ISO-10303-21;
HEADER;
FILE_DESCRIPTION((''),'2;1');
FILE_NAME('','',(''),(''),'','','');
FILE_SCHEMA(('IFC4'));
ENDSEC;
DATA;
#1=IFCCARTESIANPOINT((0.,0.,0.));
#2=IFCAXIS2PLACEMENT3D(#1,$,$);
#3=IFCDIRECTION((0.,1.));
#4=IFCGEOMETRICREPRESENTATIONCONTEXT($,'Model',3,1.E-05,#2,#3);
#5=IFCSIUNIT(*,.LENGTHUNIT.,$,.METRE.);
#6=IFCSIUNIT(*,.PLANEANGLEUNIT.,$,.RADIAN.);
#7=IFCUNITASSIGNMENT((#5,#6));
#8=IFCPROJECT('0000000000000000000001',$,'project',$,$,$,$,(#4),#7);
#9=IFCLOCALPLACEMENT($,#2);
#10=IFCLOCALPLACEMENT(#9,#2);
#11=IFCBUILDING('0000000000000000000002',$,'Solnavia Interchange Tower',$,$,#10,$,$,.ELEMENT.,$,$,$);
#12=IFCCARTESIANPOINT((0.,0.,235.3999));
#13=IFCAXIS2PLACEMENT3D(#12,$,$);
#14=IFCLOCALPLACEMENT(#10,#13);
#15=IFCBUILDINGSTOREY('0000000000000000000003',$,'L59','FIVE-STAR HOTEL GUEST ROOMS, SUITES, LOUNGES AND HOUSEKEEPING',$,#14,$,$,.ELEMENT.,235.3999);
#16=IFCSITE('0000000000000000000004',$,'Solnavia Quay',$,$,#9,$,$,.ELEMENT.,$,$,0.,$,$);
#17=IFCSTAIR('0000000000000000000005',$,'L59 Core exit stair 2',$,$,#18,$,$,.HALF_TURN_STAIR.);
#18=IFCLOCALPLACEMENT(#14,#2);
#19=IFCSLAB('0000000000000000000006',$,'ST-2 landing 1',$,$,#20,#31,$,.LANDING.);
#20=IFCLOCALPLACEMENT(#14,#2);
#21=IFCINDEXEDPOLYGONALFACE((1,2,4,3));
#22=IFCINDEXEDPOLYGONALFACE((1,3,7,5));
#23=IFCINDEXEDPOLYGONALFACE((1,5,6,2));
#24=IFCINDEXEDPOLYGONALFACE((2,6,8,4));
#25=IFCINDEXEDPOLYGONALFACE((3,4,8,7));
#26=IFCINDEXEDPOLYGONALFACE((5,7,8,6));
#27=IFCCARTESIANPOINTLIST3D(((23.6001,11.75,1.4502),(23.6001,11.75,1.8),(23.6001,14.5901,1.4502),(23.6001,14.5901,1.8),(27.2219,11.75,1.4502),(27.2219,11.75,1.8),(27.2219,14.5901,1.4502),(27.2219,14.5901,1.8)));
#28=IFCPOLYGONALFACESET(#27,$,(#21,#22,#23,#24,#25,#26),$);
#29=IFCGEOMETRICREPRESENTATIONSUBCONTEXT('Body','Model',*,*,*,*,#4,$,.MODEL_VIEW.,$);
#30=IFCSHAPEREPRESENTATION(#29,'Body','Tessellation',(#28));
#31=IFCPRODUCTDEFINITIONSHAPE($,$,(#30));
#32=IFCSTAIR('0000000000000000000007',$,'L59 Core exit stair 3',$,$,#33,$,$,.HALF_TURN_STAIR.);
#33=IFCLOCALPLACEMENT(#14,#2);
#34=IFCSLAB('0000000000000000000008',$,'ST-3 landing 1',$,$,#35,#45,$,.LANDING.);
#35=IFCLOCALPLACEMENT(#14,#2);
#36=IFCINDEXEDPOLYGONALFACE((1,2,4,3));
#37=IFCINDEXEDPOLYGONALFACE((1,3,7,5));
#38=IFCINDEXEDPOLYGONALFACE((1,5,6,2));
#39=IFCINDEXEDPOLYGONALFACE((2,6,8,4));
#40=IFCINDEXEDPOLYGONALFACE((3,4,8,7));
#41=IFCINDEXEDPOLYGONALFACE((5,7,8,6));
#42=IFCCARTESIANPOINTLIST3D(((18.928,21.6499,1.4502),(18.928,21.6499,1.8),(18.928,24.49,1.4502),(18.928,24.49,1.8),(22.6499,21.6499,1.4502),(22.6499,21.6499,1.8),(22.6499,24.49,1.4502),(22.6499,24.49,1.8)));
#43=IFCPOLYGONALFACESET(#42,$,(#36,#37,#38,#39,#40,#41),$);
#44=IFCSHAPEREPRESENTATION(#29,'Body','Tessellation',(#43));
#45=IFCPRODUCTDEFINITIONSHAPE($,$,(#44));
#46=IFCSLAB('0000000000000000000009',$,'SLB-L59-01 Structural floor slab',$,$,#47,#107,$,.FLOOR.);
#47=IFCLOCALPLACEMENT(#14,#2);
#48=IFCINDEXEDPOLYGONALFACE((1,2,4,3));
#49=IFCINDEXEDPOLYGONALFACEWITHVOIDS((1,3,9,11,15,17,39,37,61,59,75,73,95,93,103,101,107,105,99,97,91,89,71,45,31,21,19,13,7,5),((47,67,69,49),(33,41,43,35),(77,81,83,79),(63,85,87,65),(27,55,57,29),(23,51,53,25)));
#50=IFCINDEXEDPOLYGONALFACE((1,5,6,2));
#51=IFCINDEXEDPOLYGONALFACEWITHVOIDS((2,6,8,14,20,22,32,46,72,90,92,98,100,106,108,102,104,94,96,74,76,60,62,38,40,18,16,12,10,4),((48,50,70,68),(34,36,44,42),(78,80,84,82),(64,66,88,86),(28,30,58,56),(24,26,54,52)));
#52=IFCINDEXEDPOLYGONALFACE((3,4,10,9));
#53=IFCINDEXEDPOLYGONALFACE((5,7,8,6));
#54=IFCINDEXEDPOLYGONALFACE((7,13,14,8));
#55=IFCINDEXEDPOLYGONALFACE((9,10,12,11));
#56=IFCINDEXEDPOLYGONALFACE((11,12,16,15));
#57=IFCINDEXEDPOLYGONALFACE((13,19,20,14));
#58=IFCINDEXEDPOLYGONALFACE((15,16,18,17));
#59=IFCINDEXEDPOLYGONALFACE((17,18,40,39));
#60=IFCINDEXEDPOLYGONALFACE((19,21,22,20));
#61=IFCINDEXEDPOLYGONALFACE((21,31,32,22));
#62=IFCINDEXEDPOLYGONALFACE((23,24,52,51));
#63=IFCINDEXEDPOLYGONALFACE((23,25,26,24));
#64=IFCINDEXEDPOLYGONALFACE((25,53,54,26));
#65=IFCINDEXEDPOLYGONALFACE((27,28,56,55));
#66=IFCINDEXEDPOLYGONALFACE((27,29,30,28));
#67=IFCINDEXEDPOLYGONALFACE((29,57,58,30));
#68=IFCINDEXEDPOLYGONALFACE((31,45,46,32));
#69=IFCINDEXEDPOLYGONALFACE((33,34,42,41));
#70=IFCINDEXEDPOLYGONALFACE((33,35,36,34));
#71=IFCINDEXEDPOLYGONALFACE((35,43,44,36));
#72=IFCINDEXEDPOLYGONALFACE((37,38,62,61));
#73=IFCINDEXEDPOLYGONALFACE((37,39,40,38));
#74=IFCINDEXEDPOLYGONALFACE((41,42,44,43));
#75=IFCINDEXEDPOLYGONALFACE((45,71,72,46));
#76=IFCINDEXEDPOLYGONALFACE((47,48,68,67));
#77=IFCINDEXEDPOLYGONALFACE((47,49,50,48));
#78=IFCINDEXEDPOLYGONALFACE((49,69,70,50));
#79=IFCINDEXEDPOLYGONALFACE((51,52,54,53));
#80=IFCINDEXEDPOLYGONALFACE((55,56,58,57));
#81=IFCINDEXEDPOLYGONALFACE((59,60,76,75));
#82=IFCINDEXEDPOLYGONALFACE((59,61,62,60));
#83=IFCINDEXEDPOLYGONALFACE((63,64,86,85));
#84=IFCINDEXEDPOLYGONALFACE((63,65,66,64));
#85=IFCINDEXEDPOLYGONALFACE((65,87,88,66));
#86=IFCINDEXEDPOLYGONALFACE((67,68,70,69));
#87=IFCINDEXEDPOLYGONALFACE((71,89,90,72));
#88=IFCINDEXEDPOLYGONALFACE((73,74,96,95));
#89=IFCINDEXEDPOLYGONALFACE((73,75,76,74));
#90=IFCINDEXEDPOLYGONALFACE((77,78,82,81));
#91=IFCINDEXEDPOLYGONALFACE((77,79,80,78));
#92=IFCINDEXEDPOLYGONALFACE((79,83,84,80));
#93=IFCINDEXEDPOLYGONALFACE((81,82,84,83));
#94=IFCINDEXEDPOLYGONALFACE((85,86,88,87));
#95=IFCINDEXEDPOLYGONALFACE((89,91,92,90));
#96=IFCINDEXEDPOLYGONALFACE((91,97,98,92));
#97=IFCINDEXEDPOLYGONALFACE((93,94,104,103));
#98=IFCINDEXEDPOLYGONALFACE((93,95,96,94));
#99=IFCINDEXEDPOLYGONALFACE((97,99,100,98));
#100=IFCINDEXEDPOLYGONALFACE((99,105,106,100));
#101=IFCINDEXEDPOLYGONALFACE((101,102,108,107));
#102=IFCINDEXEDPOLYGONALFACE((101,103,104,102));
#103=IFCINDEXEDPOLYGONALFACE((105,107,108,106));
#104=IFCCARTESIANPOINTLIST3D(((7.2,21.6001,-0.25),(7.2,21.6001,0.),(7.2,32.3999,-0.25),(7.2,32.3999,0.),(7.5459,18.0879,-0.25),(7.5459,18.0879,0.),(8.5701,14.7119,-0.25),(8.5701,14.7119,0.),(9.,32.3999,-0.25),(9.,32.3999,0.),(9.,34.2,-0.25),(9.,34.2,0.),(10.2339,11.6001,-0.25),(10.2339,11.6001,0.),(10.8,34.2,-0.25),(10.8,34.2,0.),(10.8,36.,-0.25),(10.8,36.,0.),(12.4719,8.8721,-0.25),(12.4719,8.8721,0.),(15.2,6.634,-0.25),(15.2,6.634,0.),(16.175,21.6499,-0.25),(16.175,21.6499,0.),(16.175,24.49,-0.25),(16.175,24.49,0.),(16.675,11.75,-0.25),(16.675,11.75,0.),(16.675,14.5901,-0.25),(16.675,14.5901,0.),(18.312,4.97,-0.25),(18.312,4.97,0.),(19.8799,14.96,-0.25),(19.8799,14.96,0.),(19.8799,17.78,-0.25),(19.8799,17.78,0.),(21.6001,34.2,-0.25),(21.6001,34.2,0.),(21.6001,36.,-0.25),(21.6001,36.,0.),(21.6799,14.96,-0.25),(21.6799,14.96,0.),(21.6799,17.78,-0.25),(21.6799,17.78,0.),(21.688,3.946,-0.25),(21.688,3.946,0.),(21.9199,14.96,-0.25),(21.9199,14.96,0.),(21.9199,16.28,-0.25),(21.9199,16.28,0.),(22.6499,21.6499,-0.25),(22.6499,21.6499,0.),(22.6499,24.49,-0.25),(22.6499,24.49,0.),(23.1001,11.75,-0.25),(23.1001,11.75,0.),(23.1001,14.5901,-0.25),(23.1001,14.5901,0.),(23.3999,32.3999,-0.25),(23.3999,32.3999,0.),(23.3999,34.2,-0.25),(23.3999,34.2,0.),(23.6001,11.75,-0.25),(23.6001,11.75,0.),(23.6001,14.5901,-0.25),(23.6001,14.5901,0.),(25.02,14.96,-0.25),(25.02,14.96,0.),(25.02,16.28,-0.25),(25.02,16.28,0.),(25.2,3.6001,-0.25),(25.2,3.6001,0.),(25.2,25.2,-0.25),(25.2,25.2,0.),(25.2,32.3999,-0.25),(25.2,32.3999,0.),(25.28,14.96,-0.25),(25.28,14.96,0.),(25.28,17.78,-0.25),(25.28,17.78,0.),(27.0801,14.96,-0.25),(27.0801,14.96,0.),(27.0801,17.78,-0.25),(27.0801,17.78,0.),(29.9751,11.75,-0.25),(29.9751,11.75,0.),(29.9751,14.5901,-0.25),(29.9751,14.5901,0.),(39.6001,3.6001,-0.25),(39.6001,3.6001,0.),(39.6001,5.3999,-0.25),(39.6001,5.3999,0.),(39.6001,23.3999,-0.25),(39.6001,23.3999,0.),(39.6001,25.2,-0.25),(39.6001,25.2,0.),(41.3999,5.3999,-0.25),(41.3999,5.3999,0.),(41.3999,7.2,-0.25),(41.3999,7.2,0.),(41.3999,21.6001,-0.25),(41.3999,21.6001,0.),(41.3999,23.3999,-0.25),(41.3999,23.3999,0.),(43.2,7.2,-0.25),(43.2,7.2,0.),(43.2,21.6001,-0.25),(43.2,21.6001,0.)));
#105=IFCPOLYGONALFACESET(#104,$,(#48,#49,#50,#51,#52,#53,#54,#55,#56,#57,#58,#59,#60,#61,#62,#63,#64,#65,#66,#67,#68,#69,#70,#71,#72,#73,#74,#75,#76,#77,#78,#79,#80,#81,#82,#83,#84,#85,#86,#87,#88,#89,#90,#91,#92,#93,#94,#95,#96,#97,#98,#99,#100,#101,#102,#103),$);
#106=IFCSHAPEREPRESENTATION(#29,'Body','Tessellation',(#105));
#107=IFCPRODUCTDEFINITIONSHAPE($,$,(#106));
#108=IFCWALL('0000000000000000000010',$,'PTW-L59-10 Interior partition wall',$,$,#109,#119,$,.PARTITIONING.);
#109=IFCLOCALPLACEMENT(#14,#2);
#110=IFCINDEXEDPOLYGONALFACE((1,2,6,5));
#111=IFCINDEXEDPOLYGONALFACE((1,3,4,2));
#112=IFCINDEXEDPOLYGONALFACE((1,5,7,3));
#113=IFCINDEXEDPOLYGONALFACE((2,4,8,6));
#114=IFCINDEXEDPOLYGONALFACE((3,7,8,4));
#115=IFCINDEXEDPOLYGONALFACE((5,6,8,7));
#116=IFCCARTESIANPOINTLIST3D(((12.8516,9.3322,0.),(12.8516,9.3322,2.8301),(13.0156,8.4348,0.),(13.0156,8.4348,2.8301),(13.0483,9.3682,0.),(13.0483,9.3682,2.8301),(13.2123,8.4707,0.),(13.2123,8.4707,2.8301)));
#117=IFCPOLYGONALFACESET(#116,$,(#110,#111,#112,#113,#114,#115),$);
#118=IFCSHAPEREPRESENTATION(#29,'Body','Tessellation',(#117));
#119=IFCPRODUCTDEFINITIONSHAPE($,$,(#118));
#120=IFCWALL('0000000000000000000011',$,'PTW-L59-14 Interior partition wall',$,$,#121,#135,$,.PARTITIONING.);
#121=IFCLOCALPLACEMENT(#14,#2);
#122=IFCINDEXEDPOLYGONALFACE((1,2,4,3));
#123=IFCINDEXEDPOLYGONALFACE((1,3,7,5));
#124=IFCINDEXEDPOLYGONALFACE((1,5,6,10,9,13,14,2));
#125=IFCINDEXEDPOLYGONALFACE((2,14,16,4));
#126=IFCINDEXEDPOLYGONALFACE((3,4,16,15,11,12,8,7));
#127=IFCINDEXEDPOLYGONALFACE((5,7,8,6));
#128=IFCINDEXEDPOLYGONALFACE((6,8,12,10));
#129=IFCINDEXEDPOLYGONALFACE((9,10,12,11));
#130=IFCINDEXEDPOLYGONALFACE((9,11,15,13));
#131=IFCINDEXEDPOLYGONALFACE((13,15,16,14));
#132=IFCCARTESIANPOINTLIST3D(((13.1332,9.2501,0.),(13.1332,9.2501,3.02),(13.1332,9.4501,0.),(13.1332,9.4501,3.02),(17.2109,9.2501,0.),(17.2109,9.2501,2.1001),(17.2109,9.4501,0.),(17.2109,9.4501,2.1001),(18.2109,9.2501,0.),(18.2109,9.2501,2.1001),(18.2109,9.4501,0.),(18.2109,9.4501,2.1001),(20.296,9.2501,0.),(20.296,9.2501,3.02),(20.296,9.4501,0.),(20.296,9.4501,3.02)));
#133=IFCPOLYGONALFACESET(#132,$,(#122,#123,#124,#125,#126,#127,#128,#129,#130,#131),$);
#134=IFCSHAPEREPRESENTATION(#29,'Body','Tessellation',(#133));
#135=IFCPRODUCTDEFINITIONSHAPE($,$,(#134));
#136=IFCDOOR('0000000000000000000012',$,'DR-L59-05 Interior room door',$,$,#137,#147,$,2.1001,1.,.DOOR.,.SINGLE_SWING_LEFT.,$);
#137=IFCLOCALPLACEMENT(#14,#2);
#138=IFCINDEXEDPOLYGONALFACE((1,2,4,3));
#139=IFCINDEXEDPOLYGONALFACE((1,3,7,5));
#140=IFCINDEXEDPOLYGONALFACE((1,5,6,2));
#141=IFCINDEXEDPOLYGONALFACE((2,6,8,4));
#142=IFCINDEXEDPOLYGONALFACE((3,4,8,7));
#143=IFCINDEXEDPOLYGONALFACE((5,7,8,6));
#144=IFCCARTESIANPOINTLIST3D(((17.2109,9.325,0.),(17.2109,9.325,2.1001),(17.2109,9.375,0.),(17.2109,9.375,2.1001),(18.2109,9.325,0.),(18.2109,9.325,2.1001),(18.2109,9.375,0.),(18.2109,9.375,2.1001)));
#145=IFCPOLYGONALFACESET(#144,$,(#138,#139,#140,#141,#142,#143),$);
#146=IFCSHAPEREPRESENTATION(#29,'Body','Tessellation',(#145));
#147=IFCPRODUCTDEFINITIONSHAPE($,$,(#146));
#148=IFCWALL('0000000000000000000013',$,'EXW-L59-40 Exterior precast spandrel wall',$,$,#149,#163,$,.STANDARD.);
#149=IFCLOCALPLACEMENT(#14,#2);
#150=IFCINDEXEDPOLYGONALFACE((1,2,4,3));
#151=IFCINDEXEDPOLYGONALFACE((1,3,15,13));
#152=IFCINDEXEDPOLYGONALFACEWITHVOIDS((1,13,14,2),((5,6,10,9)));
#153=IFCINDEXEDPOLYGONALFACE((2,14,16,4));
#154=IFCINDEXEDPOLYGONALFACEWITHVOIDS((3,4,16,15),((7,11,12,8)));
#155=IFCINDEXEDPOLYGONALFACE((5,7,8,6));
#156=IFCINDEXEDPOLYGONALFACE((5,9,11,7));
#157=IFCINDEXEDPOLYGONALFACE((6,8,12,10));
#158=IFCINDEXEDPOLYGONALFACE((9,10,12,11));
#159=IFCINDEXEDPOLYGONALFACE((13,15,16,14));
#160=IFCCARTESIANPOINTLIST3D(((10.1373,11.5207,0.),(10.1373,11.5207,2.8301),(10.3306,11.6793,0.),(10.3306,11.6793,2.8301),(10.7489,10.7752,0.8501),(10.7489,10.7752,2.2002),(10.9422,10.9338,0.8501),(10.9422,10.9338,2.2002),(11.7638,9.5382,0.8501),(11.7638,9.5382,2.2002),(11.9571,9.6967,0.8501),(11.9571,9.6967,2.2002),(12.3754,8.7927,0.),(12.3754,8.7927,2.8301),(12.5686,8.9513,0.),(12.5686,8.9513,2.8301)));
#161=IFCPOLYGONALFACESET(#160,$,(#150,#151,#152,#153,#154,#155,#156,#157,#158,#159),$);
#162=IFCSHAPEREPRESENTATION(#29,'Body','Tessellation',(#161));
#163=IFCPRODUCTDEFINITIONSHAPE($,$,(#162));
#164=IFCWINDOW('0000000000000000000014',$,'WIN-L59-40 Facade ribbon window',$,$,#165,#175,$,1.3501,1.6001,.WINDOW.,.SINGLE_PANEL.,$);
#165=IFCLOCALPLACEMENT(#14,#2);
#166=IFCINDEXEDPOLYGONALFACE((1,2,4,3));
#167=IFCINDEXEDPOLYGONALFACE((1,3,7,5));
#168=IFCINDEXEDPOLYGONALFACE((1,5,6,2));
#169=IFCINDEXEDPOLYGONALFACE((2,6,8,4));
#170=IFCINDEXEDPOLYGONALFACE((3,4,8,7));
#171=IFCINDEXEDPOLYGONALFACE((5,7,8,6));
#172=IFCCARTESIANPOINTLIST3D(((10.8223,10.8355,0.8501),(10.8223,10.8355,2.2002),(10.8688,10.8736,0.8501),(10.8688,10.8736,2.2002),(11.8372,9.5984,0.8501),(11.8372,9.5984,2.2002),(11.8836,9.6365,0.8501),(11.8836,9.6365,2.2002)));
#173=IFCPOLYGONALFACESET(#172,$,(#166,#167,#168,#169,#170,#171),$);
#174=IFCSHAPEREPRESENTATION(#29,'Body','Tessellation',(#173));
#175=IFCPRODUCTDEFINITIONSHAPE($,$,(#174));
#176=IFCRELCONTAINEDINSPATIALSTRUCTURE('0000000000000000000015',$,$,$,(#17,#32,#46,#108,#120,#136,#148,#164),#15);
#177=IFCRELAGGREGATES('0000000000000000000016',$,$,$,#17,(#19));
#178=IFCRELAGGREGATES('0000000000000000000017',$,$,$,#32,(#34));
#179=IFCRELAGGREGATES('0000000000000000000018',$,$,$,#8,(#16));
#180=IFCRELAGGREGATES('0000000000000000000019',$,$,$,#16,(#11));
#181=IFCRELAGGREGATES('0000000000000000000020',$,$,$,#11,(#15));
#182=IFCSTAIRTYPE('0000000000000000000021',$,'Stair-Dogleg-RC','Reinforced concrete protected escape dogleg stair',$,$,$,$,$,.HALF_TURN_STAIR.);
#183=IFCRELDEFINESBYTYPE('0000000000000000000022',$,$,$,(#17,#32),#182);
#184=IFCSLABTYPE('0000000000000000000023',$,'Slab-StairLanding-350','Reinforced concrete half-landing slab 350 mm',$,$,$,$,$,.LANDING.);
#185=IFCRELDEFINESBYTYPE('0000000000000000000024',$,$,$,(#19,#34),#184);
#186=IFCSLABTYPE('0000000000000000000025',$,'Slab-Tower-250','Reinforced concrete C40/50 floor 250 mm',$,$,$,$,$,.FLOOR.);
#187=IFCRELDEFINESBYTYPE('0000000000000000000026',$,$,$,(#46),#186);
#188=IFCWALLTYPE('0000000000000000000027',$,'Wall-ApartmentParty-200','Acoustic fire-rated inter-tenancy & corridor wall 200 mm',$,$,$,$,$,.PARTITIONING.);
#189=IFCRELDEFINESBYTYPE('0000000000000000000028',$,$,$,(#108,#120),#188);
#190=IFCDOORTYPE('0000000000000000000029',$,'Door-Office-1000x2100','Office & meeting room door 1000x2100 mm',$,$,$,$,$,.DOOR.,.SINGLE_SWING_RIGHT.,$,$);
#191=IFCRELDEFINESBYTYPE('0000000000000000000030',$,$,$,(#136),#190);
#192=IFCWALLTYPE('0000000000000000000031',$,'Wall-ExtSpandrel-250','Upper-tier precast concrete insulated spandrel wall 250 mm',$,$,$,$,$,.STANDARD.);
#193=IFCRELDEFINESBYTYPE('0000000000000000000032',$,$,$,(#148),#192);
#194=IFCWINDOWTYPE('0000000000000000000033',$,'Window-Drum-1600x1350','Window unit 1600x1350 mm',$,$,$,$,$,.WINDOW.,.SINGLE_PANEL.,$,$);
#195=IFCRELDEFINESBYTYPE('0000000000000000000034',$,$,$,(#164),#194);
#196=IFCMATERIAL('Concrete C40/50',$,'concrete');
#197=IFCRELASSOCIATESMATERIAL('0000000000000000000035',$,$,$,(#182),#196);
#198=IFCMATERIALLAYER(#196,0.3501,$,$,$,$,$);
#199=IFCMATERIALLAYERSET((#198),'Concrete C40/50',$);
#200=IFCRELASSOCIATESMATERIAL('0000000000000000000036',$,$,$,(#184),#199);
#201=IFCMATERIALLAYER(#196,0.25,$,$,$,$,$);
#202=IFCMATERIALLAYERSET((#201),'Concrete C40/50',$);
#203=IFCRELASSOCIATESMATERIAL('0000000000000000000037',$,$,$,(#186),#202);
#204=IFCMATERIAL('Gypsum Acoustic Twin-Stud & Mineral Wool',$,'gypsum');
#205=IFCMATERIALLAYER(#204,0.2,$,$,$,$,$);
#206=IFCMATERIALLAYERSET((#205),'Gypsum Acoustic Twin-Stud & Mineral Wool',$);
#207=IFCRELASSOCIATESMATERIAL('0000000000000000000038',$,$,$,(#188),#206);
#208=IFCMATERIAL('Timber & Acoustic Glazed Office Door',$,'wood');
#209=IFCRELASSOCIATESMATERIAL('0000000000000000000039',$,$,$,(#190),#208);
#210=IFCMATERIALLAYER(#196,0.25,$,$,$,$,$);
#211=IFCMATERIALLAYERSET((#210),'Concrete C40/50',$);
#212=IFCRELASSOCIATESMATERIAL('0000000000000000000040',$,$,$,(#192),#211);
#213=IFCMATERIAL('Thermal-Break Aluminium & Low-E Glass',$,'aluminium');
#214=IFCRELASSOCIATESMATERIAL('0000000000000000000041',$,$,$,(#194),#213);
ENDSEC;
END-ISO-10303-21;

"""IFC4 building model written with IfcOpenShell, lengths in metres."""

from ifc_helpers import new_model, si_unit, direction, frame, frame_2d, origin, place, context, subcontext, project, spatial, polyline, rectangle, outline, extrude, material, layer, layer_set, type_object, element, fill, aggregate, save


model = new_model("IFC4")

# Units and contexts
model_context = context("Model", 3, precision=1e-05, world=origin(), true_north=direction((0.0, 1.0)))
body_context = subcontext(model_context, "Body", "Model", "MODEL_VIEW")
ifc_project = project(units=[si_unit("LENGTHUNIT", "METRE"), si_unit("PLANEANGLEUNIT", "RADIAN")], contexts=[model_context])

# Site, building, storey
site_placement = place(None, origin())
site = spatial("IfcSite", under=ifc_project, at=site_placement, Name="Solnavia Quay", CompositionType="ELEMENT", RefElevation=0.0)
building_placement = place(site_placement, origin())
building = spatial("IfcBuilding", under=site, at=building_placement, Name="Solnavia Interchange Tower", CompositionType="ELEMENT")
storey_placement = place(building_placement, frame((0.0, 0.0, 235.3999)))
storey = spatial("IfcBuildingStorey", under=building, at=storey_placement, Name="L59", Description="FIVE-STAR HOTEL GUEST ROOMS, SUITES, LOUNGES AND HOUSEKEEPING", CompositionType="ELEMENT", Elevation=235.3999)

# Stairs, slabs
ifc_material_1 = material(Name="Concrete C40/50", Category="concrete")
stair_type = type_object("IfcStairType", Name="Stair-Dogleg-RC", Description="Reinforced concrete protected escape dogleg stair", PredefinedType="HALF_TURN_STAIR", material=ifc_material_1)
ifc_layer_1 = layer(ifc_material_1, 0.3501)
ifc_layer_set_1 = layer_set([ifc_layer_1], Name="Concrete C40/50")
slab_type_1 = type_object("IfcSlabType", Name="Slab-StairLanding-350", Description="Reinforced concrete half-landing slab 350 mm", PredefinedType="LANDING", material=ifc_layer_set_1)
stair_1_placement = place(storey_placement, origin())
stair_1 = element("IfcStair", 1, at=stair_1_placement, inside=storey, type_object=stair_type, Name="L59 Core exit stair 2", PredefinedType="HALF_TURN_STAIR")
slab_1_placement = place(storey_placement, frame((0.0, 0.0, 1.4502)))
slab_1 = element("IfcSlab", 2, at=slab_1_placement, type_object=slab_type_1, Name="ST-2 landing 1", PredefinedType="LANDING", context=body_context, shape_type="SweptSolid", body=[
    extrude(outline(polyline([(23.6001, 11.75), (27.2219, 11.75), (27.2219, 14.5901), (23.6001, 14.5901), (23.6001, 11.75)])), origin(), (0.0, 0.0, 1.0), 0.3499),
])
aggregate(stair_1, [slab_1])
stair_2_placement = place(storey_placement, origin())
stair_2 = element("IfcStair", 3, at=stair_2_placement, inside=storey, type_object=stair_type, Name="L59 Core exit stair 3", PredefinedType="HALF_TURN_STAIR")
slab_2_placement = place(storey_placement, frame((0.0, 0.0, 1.4502)))
slab_2 = element("IfcSlab", 4, at=slab_2_placement, type_object=slab_type_1, Name="ST-3 landing 1", PredefinedType="LANDING", context=body_context, shape_type="SweptSolid", body=[
    extrude(outline(polyline([(18.928, 21.6499), (22.6499, 21.6499), (22.6499, 24.49), (18.928, 24.49), (18.928, 21.6499)])), origin(), (0.0, 0.0, 1.0), 0.3499),
])
aggregate(stair_2, [slab_2])

# Slab
ifc_layer_2 = layer(ifc_material_1, 0.25)
ifc_layer_set_2 = layer_set([ifc_layer_2], Name="Concrete C40/50")
slab_type_2 = type_object("IfcSlabType", Name="Slab-Tower-250", Description="Reinforced concrete C40/50 floor 250 mm", PredefinedType="FLOOR", material=ifc_layer_set_2)
slab_3_placement = place(storey_placement, frame((0.0, 0.0, -0.25)))
element("IfcSlab", 5, at=slab_3_placement, inside=storey, type_object=slab_type_2, Name="SLB-L59-01 Structural floor slab", PredefinedType="FLOOR", context=body_context, shape_type="SweptSolid", body=[
    extrude(outline(polyline([(25.2, 3.6001), (39.6001, 3.6001), (39.6001, 5.3999), (41.3999, 5.3999), (41.3999, 7.2), (43.2, 7.2), (43.2, 21.6001), (41.3999, 21.6001), (41.3999, 23.3999), (39.6001, 23.3999), (39.6001, 25.2), (25.2, 25.2), (25.2, 32.3999), (23.3999, 32.3999), (23.3999, 34.2), (21.6001, 34.2), (21.6001, 36.0), (10.8, 36.0), (10.8, 34.2), (9.0, 34.2), (9.0, 32.3999), (7.2, 32.3999), (7.2, 21.6001), (7.5459, 18.0879), (8.5701, 14.7119), (10.2339, 11.6001), (12.4719, 8.8721), (15.2, 6.634), (18.312, 4.97), (21.688, 3.946), (25.2, 3.6001)]), holes=[polyline([(16.675, 11.75), (23.1001, 11.75), (23.1001, 14.5901), (16.675, 14.5901), (16.675, 11.75)]), polyline([(23.6001, 11.75), (29.9751, 11.75), (29.9751, 14.5901), (23.6001, 14.5901), (23.6001, 11.75)]), polyline([(16.175, 21.6499), (22.6499, 21.6499), (22.6499, 24.49), (16.175, 24.49), (16.175, 21.6499)]), polyline([(19.8799, 14.96), (21.6799, 14.96), (21.6799, 17.78), (19.8799, 17.78), (19.8799, 14.96)]), polyline([(25.28, 14.96), (27.0801, 14.96), (27.0801, 17.78), (25.28, 17.78), (25.28, 14.96)]), polyline([(21.9199, 14.96), (25.02, 14.96), (25.02, 16.28), (21.9199, 16.28), (21.9199, 14.96)])]), origin(), (0.0, 0.0, 1.0), 0.25),
])

# Wall
ifc_material_2 = material(Name="Gypsum Acoustic Twin-Stud & Mineral Wool", Category="gypsum")
ifc_layer_3 = layer(ifc_material_2, 0.2)
ifc_layer_set_3 = layer_set([ifc_layer_3], Name="Gypsum Acoustic Twin-Stud & Mineral Wool")
wall_type_1 = type_object("IfcWallType", Name="Wall-ApartmentParty-200", Description="Acoustic fire-rated inter-tenancy & corridor wall 200 mm", PredefinedType="PARTITIONING", material=ifc_layer_set_3)
wall_1_placement = place(storey_placement, frame((12.95, 9.3501, 0.0), z_axis=(0.0, 0.0, 1.0), x_axis=(0.179827, -0.983698, 0.0)))
element("IfcWall", 6, at=wall_1_placement, inside=storey, type_object=wall_type_1, Name="PTW-L59-10 Interior partition wall", PredefinedType="PARTITIONING", context=body_context, shape_type="SweptSolid", body=[
    extrude(rectangle(XDim=0.9124, YDim=0.2, at=frame_2d((0.4561, 0.0))), origin(), (0.0, 0.0, 1.0), 2.8301),
])

# Wall, opening, door
wall_2_placement = place(storey_placement, frame((13.1331, 9.3501, 0.0), z_axis=(0.0, 0.0, 1.0), x_axis=(1.0, 0.0, 0.0)))
wall_2 = element("IfcWall", 7, at=wall_2_placement, inside=storey, type_object=wall_type_1, Name="PTW-L59-14 Interior partition wall", PredefinedType="PARTITIONING", context=body_context, shape_type="SweptSolid", body=[
    extrude(rectangle(XDim=7.1628, YDim=0.2, at=frame_2d((3.5815, 0.0))), origin(), (0.0, 0.0, 1.0), 3.02),
])
opening_1_placement = place(wall_2_placement, frame((4.0779, 0.0, 0.0)))
opening_1 = element("IfcOpeningElement", 8, at=opening_1_placement, cuts=wall_2, PredefinedType="OPENING", context=body_context, shape_type="SweptSolid", body=[
    extrude(rectangle(XDim=1.0, YDim=2.1001, at=frame_2d((0.5, 1.05))), frame((0.0, 0.1099, 0.0), z_axis=(0.0, -1.0, 0.0), x_axis=(1.0, 0.0, 0.0)), (0.0, 0.0, 1.0), 0.22),
])
ifc_material_3 = material(Name="Timber & Acoustic Glazed Office Door", Category="wood")
door_type = type_object("IfcDoorType", Name="Door-Office-1000x2100", Description="Office & meeting room door 1000x2100 mm", OperationType="SINGLE_SWING_RIGHT", PredefinedType="DOOR", material=ifc_material_3)
door_placement = place(opening_1_placement, origin())
door = element("IfcDoor", 9, at=door_placement, inside=storey, type_object=door_type, Name="DR-L59-05 Interior room door", OperationType="SINGLE_SWING_LEFT", OverallHeight=2.1001, OverallWidth=1.0, PredefinedType="DOOR", context=body_context, shape_type="SweptSolid", body=[
    extrude(rectangle(XDim=1.0, YDim=2.1001, at=frame_2d((0.5, 1.05))), frame((0.0, 0.0249, 0.0), z_axis=(0.0, -1.0, 0.0), x_axis=(1.0, 0.0, 0.0)), (0.0, 0.0, 1.0), 0.05),
])
fill(opening_1, door)

# Wall, opening, window
ifc_layer_4 = layer(ifc_material_1, 0.25)
ifc_layer_set_4 = layer_set([ifc_layer_4], Name="Concrete C40/50")
wall_type_2 = type_object("IfcWallType", Name="Wall-ExtSpandrel-250", Description="Upper-tier precast concrete insulated spandrel wall 250 mm", PredefinedType="STANDARD", material=ifc_layer_set_4)
wall_3_placement = place(storey_placement, frame((12.4719, 8.8721, 0.0), z_axis=(0.0, 0.0, 1.0), x_axis=(-0.634258, 0.773121, 0.0)))
wall_3 = element("IfcWall", 10, at=wall_3_placement, inside=storey, type_object=wall_type_2, Name="EXW-L59-40 Exterior precast spandrel wall", PredefinedType="STANDARD", context=body_context, shape_type="SweptSolid", body=[
    extrude(rectangle(XDim=3.5286, YDim=0.25, at=frame_2d((1.7642, 0.0))), origin(), (0.0, 0.0, 1.0), 2.8301),
])
opening_2_placement = place(wall_3_placement, frame((0.9641, 0.0, 0.8501)))
opening_2 = element("IfcOpeningElement", 11, at=opening_2_placement, cuts=wall_3, PredefinedType="OPENING", context=body_context, shape_type="SweptSolid", body=[
    extrude(rectangle(XDim=1.6001, YDim=1.3501, at=frame_2d((0.8, 0.675))), frame((0.0, 0.135, 0.0), z_axis=(0.0, -1.0, 0.0), x_axis=(1.0, 0.0, 0.0)), (0.0, 0.0, 1.0), 0.27),
])
ifc_material_4 = material(Name="Thermal-Break Aluminium & Low-E Glass", Category="aluminium")
window_type = type_object("IfcWindowType", Name="Window-Drum-1600x1350", Description="Window unit 1600x1350 mm", PartitioningType="SINGLE_PANEL", PredefinedType="WINDOW", material=ifc_material_4)
window_placement = place(opening_2_placement, origin())
window = element("IfcWindow", 12, at=window_placement, inside=storey, type_object=window_type, Name="WIN-L59-40 Facade ribbon window", OverallHeight=1.3501, OverallWidth=1.6001, PartitioningType="SINGLE_PANEL", PredefinedType="WINDOW", context=body_context, shape_type="SweptSolid", body=[
    extrude(rectangle(XDim=1.6001, YDim=1.3501, at=frame_2d((0.8, 0.675))), frame((0.0, 0.03, 0.0), z_axis=(0.0, -1.0, 0.0), x_axis=(1.0, 0.0, 0.0)), (0.0, 0.0, 1.0), 0.0601),
])
fill(opening_2, window)

save(model, "model.ifc")
